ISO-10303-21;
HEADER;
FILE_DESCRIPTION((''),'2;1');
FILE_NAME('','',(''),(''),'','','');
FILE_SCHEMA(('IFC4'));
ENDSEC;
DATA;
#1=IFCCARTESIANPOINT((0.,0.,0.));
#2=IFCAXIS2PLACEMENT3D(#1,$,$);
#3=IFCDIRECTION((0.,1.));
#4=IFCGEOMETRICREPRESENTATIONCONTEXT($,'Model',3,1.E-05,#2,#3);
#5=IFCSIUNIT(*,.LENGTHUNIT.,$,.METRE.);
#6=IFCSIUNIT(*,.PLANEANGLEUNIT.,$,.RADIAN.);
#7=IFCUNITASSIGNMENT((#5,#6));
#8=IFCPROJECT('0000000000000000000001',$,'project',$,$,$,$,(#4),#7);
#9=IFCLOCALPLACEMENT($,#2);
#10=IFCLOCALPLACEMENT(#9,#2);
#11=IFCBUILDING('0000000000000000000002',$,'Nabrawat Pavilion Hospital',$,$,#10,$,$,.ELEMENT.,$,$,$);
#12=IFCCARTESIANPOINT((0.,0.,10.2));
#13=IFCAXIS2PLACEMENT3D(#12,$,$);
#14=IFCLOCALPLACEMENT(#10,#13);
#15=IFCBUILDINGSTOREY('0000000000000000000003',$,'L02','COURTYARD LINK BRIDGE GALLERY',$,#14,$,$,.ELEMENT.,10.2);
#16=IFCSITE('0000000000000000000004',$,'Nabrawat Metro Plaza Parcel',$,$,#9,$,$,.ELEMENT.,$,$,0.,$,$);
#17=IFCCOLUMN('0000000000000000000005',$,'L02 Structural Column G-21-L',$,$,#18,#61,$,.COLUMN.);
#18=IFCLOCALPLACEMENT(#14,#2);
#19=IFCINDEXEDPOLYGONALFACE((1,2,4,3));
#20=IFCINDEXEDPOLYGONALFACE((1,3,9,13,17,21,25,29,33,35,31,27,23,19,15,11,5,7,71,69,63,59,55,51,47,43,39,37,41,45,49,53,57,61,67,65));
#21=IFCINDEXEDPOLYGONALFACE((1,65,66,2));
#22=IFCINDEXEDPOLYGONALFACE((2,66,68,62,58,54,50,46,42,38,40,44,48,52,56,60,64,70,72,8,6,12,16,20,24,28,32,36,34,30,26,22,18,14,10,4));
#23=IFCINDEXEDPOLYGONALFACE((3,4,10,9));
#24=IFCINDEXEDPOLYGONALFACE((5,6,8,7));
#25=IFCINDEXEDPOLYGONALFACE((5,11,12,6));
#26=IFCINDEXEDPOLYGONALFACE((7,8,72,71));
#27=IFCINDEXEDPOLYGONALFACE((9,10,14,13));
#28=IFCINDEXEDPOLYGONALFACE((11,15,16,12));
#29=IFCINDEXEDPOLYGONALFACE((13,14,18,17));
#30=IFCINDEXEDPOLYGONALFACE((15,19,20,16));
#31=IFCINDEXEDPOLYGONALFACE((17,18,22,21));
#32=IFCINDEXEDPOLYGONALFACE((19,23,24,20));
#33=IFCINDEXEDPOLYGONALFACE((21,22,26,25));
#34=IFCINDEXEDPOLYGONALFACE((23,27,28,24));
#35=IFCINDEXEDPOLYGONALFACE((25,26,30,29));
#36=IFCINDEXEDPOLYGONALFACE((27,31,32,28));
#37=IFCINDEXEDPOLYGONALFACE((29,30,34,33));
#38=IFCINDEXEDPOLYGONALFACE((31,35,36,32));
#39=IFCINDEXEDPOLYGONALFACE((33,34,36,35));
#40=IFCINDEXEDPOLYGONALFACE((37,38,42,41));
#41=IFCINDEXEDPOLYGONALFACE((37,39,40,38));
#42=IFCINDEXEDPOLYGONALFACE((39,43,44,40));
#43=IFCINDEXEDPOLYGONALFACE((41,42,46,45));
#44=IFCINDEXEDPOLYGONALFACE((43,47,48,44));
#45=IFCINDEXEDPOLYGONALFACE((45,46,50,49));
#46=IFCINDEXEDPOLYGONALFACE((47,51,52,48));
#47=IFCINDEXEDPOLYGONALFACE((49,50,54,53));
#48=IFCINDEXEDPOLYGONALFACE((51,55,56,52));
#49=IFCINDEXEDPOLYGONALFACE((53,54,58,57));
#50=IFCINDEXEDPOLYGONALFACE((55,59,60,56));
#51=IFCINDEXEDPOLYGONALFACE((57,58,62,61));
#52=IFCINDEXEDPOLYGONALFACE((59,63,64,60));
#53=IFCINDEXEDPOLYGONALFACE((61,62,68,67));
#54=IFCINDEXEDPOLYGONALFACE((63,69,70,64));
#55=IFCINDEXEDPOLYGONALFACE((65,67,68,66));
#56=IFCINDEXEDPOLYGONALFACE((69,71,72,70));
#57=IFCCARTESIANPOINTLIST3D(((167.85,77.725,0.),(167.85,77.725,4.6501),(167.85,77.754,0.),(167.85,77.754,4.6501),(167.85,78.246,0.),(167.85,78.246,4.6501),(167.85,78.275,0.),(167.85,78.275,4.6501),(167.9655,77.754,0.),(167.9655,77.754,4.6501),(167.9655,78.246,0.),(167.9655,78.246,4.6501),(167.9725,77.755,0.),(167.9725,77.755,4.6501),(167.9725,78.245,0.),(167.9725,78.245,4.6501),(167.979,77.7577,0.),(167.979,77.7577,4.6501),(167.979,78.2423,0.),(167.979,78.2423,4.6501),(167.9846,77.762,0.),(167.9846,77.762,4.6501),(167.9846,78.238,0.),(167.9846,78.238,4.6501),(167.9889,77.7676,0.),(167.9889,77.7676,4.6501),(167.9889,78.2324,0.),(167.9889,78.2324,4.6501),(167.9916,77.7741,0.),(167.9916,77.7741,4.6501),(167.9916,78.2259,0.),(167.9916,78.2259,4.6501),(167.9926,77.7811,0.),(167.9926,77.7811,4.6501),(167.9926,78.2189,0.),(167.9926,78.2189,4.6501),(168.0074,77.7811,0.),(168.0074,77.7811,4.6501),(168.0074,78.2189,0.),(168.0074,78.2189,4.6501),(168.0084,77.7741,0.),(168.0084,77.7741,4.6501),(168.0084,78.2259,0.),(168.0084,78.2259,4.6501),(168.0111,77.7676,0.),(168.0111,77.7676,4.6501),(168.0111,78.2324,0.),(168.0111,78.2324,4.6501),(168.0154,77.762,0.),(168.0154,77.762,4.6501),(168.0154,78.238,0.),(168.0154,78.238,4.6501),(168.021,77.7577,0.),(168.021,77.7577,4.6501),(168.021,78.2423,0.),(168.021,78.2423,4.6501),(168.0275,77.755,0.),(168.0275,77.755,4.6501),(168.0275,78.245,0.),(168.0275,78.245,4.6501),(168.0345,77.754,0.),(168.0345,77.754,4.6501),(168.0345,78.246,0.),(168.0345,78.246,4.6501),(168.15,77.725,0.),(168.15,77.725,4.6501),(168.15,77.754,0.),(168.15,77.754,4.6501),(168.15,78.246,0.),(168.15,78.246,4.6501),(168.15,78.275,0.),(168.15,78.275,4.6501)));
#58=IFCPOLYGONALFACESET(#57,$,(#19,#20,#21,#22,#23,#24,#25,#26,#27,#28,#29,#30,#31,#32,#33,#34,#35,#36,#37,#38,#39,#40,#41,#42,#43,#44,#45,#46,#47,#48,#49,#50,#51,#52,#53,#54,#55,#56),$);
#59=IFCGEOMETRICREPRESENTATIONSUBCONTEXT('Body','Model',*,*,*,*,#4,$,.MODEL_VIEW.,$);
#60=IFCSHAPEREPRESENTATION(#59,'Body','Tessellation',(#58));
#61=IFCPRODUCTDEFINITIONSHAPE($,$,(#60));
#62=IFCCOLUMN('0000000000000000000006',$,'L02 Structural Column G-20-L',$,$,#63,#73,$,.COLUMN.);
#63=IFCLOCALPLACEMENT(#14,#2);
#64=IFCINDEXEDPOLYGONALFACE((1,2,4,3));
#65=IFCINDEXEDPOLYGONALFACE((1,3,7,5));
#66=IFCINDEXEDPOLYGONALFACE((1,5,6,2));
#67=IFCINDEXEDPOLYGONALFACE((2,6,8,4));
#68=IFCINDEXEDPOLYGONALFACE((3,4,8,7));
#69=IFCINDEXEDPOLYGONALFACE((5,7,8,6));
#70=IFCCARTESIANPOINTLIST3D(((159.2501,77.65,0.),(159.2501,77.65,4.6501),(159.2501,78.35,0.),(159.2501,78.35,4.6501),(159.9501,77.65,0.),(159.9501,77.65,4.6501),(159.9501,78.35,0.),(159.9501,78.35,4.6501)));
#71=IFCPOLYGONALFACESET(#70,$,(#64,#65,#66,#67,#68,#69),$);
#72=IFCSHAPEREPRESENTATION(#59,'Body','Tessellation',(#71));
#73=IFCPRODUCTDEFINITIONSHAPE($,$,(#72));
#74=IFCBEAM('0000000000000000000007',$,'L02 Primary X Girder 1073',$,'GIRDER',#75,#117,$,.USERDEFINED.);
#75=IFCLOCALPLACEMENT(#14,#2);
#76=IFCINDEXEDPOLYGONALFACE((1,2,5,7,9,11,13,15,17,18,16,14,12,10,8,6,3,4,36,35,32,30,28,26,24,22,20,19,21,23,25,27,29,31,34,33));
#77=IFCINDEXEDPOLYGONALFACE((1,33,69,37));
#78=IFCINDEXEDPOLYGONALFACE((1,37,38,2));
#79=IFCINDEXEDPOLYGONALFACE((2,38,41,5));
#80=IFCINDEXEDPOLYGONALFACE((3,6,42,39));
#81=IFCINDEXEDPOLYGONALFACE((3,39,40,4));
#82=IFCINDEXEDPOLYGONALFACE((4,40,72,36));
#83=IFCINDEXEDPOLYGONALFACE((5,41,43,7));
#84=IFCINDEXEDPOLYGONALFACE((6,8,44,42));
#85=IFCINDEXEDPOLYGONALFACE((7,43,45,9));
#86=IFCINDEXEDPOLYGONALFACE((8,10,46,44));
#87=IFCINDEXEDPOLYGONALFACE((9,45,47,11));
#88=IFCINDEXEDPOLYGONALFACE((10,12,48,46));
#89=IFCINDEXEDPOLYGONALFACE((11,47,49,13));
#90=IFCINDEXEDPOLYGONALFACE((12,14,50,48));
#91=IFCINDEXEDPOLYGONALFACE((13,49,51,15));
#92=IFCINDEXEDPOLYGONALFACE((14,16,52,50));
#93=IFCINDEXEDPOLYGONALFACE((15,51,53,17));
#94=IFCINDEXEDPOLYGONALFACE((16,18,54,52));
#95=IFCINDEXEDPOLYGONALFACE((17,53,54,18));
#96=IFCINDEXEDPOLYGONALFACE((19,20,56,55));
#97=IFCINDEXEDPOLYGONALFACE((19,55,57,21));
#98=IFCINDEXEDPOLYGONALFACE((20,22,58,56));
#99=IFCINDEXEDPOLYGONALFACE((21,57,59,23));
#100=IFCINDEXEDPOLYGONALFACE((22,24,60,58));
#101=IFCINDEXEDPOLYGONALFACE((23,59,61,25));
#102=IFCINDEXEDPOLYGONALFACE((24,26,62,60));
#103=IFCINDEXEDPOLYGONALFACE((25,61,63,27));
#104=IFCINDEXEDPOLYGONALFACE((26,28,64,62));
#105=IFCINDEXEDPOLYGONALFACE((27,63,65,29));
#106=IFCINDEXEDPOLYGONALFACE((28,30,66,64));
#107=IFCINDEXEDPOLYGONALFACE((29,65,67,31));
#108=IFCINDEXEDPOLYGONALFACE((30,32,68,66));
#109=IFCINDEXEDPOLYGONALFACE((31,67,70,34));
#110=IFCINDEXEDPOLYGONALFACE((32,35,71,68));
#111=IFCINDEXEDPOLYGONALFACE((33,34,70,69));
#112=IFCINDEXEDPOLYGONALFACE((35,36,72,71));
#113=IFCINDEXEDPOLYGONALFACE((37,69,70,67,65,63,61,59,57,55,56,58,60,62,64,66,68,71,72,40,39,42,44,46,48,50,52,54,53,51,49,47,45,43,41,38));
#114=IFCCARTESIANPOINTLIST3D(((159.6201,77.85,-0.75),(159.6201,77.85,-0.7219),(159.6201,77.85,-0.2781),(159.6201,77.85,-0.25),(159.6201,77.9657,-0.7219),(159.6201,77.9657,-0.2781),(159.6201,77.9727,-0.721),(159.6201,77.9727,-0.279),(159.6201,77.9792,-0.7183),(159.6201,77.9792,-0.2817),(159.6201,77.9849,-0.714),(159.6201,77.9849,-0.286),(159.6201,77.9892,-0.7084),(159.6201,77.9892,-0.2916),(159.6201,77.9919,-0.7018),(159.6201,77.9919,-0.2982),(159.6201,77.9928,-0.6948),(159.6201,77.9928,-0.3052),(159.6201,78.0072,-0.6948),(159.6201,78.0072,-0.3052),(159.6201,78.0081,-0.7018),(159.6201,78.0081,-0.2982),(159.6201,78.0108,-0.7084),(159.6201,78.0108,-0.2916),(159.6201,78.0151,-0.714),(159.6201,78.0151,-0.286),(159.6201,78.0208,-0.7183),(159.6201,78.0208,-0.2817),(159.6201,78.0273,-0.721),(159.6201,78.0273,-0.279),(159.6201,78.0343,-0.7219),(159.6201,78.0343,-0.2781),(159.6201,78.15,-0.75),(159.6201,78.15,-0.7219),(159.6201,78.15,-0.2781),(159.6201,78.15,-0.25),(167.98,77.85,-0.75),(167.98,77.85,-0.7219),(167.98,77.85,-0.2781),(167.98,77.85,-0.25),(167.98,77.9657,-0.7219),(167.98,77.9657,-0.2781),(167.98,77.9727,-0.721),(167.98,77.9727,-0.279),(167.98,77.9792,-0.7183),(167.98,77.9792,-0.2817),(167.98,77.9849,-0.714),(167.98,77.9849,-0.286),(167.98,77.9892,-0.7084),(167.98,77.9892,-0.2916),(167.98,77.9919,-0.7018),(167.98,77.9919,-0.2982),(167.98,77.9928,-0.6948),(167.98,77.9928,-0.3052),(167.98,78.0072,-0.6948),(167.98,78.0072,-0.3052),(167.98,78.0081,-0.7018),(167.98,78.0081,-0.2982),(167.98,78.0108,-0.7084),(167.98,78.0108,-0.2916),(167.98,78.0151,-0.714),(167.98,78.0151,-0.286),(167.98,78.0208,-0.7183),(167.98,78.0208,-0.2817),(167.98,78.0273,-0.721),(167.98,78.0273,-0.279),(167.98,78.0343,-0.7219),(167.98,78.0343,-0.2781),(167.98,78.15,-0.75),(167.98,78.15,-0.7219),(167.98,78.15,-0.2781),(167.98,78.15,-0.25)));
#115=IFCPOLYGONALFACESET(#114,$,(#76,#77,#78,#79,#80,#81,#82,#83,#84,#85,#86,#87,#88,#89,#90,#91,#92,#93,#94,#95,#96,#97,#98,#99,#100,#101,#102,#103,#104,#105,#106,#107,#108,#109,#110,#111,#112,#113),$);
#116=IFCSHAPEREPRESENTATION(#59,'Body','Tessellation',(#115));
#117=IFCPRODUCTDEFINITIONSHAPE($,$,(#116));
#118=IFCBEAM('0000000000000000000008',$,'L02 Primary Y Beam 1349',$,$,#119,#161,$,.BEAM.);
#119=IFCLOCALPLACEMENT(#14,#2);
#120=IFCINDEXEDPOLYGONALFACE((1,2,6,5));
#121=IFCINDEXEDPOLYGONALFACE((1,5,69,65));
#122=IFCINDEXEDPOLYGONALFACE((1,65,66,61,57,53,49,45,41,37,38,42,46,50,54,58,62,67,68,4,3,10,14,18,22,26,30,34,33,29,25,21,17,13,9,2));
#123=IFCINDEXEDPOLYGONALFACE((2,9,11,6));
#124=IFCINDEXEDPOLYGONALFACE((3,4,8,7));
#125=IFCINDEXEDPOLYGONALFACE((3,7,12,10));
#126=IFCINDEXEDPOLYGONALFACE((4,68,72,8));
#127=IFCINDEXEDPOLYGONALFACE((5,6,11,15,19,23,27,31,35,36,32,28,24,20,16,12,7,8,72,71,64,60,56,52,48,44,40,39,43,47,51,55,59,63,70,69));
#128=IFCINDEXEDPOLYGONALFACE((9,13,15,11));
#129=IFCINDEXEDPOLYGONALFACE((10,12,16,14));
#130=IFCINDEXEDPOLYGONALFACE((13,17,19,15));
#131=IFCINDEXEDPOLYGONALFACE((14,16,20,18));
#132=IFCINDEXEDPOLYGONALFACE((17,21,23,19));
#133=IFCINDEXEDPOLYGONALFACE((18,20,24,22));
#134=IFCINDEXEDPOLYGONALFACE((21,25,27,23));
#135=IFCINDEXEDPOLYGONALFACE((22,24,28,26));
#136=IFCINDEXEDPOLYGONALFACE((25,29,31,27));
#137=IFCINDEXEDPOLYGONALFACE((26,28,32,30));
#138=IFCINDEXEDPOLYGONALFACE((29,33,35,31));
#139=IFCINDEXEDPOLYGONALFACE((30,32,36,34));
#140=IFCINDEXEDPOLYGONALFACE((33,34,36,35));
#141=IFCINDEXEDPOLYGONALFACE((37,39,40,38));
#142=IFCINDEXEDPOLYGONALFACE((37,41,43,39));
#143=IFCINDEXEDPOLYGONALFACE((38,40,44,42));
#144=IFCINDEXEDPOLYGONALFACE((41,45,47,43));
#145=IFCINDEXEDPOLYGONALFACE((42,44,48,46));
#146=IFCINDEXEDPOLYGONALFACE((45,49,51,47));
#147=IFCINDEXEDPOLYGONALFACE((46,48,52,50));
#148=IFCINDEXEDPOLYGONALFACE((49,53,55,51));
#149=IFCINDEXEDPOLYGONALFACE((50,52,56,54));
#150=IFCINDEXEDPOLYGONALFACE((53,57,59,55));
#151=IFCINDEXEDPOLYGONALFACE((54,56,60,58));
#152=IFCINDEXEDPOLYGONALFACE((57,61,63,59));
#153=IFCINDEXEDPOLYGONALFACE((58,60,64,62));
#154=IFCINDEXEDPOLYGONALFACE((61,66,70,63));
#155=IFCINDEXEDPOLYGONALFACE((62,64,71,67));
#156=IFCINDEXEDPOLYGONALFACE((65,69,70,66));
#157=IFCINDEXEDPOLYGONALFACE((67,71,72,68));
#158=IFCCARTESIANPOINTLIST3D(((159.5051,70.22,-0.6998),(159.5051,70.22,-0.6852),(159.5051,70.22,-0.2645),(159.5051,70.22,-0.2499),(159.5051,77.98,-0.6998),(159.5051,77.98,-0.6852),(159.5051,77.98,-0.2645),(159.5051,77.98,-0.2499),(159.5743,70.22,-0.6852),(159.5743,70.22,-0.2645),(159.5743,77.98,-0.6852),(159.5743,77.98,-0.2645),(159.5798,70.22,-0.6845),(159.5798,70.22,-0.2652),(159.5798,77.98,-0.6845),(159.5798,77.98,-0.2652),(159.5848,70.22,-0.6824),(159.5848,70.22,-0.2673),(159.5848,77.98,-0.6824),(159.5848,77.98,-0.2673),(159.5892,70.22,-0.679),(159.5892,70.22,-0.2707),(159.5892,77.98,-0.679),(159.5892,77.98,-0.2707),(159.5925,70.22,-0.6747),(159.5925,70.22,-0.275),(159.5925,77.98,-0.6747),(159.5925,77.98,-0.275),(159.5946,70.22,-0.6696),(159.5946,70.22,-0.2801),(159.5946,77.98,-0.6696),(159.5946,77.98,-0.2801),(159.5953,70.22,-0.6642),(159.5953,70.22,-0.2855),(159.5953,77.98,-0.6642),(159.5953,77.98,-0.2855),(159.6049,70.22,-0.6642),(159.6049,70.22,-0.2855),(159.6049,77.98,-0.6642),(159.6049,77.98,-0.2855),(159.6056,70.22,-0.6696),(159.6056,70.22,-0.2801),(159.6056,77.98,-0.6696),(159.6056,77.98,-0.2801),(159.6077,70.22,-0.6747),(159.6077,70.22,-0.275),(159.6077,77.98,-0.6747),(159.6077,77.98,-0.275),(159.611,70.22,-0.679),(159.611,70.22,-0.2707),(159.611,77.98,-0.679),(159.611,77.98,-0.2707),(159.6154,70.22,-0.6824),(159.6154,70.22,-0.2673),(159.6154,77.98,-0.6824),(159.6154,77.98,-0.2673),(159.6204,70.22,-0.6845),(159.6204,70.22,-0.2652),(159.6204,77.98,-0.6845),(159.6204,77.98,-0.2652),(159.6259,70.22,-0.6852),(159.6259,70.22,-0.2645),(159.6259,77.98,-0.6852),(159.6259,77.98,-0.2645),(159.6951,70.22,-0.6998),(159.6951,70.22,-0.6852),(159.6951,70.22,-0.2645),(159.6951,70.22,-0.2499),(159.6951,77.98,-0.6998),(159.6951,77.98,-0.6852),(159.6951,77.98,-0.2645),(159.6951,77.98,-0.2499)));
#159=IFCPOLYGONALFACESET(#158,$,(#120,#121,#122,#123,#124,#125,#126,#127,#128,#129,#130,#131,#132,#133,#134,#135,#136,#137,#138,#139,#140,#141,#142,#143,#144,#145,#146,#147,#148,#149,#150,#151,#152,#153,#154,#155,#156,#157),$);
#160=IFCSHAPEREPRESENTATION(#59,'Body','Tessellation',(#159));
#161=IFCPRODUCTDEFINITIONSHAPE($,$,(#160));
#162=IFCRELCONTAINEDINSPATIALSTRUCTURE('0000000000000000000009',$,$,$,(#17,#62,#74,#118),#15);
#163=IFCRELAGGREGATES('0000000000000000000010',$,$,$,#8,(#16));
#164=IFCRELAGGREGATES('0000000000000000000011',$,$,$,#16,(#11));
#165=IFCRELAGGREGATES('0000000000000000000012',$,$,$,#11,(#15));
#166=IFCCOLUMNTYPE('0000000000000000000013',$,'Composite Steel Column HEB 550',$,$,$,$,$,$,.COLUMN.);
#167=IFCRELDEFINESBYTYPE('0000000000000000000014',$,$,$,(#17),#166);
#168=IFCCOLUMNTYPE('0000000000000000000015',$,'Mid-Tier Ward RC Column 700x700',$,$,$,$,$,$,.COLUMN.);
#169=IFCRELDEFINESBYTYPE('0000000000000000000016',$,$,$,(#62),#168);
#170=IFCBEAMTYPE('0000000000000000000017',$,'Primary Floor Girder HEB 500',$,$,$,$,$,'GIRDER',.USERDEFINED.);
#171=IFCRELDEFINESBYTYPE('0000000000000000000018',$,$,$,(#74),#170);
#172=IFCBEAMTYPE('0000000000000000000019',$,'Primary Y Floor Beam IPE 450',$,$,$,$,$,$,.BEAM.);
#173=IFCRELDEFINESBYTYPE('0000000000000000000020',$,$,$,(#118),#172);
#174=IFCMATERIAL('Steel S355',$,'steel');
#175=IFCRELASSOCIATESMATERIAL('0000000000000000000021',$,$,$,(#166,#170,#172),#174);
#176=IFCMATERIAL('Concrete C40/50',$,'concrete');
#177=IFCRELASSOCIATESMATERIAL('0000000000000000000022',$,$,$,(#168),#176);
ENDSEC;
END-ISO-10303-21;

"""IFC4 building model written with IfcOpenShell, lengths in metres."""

from ifc_helpers import new_model, si_unit, direction, frame, origin, origin_2d, place, context, subcontext, project, spatial, rectangle, i_section, extrude, material, material_profile, profile_set, type_object, element, save


model = new_model("IFC4")

# Units and contexts
model_context = context("Model", 3, precision=1e-05, world=origin(), true_north=direction((0.0, 1.0)))
body_context = subcontext(model_context, "Body", "Model", "MODEL_VIEW")
ifc_project = project(units=[si_unit("LENGTHUNIT", "METRE"), si_unit("PLANEANGLEUNIT", "RADIAN")], contexts=[model_context])

# Site, building, storey
site_placement = place(None, origin())
site = spatial("IfcSite", under=ifc_project, at=site_placement, Name="Nabrawat Metro Plaza Parcel", CompositionType="ELEMENT", RefElevation=0.0)
building_placement = place(site_placement, origin())
building = spatial("IfcBuilding", under=site, at=building_placement, Name="Nabrawat Pavilion Hospital", CompositionType="ELEMENT")
storey_placement = place(building_placement, frame((0.0, 0.0, 10.2)))
storey = spatial("IfcBuildingStorey", under=building, at=storey_placement, Name="L02", Description="COURTYARD LINK BRIDGE GALLERY", CompositionType="ELEMENT", Elevation=10.2)

# Columns
ifc_material_1 = material(Name="Steel S355", Category="steel")
ifc_material_profile_1 = material_profile(ifc_material_1, i_section(OverallWidth=0.3, OverallDepth=0.55, WebThickness=0.0149, FlangeThickness=0.0291, FilletRadius=0.0271, at=origin_2d()), Name="HEB 550")
ifc_profile_set_1 = profile_set([ifc_material_profile_1], Name="Steel S355")
column_type_1 = type_object("IfcColumnType", Name="Composite Steel Column HEB 550", PredefinedType="COLUMN", material=ifc_profile_set_1)
column_1_placement = place(storey_placement, frame((168.0, 78.0, 0.0), z_axis=(0.0, 0.0, 1.0), x_axis=(1.0, 0.0, 0.0)))
element("IfcColumn", 1, at=column_1_placement, inside=storey, type_object=column_type_1, Name="L02 Structural Column G-21-L", PredefinedType="COLUMN", context=body_context, shape_type="SweptSolid", body=[
    extrude(i_section(OverallWidth=0.3, OverallDepth=0.55, WebThickness=0.0149, FlangeThickness=0.0291, FilletRadius=0.0271, at=origin_2d()), origin(), (0.0, 0.0, 1.0), 4.6501),
])
ifc_material_2 = material(Name="Concrete C40/50", Category="concrete")
ifc_material_profile_2 = material_profile(ifc_material_2, rectangle(XDim=0.7, YDim=0.7, at=origin_2d()), Name="RC 700x700")
ifc_profile_set_2 = profile_set([ifc_material_profile_2], Name="Concrete C40/50")
column_type_2 = type_object("IfcColumnType", Name="Mid-Tier Ward RC Column 700x700", PredefinedType="COLUMN", material=ifc_profile_set_2)
column_2_placement = place(storey_placement, frame((159.6001, 78.0, 0.0), z_axis=(0.0, 0.0, 1.0), x_axis=(1.0, 0.0, 0.0)))
element("IfcColumn", 2, at=column_2_placement, inside=storey, type_object=column_type_2, Name="L02 Structural Column G-20-L", PredefinedType="COLUMN", context=body_context, shape_type="SweptSolid", body=[
    extrude(rectangle(XDim=0.7, YDim=0.7, at=origin_2d()), origin(), (0.0, 0.0, 1.0), 4.6501),
])

# Beams
ifc_material_profile_3 = material_profile(ifc_material_1, i_section(OverallWidth=0.3, OverallDepth=0.5, WebThickness=0.0144, FlangeThickness=0.0281, FilletRadius=0.0271, at=origin_2d()), Name="HEB 500")
ifc_profile_set_3 = profile_set([ifc_material_profile_3], Name="Steel S355")
beam_type_1 = type_object("IfcBeamType", Name="Primary Floor Girder HEB 500", ElementType="GIRDER", PredefinedType="USERDEFINED", material=ifc_profile_set_3)
beam_placement = place(storey_placement, frame((159.6201, 78.0, -0.5), z_axis=(1.0, 0.0, 0.0), x_axis=(0.0, 1.0, 0.0)))
element("IfcBeam", 3, at=beam_placement, inside=storey, type_object=beam_type_1, Name="L02 Primary X Girder 1073", ObjectType="GIRDER", PredefinedType="USERDEFINED", context=body_context, shape_type="SweptSolid", body=[
    extrude(i_section(OverallWidth=0.3, OverallDepth=0.5, WebThickness=0.0144, FlangeThickness=0.0281, FilletRadius=0.0271, at=origin_2d()), origin(), (0.0, 0.0, 1.0), 8.3599),
])
ifc_material_profile_4 = material_profile(ifc_material_1, i_section(OverallWidth=0.1899, OverallDepth=0.45, WebThickness=0.0095, FlangeThickness=0.0146, FilletRadius=0.021, at=origin_2d()), Name="IPE 450")
ifc_profile_set_4 = profile_set([ifc_material_profile_4], Name="Steel S355")
beam_type_2 = type_object("IfcBeamType", Name="Primary Y Floor Beam IPE 450", PredefinedType="BEAM", material=ifc_profile_set_4)
for number, where, z_axis, x_axis, name in (
    (4, (159.6001, 70.22, -0.4749), (0.0, 1.0, 0.0), (-1.0, 0.0, 0.0), "L02 Primary Y Beam 1349"),
):
    element("IfcBeam", number, at=place(storey_placement, frame(where, z_axis=z_axis, x_axis=x_axis)), inside=storey, type_object=beam_type_2, Name=name, PredefinedType="BEAM", context=body_context, shape_type="SweptSolid", body=[
        extrude(i_section(OverallWidth=0.1899, OverallDepth=0.45, WebThickness=0.0095, FlangeThickness=0.0146, FilletRadius=0.021, at=origin_2d()), origin(), (0.0, 0.0, 1.0), 7.76),
    ])

save(model, "model.ifc")
